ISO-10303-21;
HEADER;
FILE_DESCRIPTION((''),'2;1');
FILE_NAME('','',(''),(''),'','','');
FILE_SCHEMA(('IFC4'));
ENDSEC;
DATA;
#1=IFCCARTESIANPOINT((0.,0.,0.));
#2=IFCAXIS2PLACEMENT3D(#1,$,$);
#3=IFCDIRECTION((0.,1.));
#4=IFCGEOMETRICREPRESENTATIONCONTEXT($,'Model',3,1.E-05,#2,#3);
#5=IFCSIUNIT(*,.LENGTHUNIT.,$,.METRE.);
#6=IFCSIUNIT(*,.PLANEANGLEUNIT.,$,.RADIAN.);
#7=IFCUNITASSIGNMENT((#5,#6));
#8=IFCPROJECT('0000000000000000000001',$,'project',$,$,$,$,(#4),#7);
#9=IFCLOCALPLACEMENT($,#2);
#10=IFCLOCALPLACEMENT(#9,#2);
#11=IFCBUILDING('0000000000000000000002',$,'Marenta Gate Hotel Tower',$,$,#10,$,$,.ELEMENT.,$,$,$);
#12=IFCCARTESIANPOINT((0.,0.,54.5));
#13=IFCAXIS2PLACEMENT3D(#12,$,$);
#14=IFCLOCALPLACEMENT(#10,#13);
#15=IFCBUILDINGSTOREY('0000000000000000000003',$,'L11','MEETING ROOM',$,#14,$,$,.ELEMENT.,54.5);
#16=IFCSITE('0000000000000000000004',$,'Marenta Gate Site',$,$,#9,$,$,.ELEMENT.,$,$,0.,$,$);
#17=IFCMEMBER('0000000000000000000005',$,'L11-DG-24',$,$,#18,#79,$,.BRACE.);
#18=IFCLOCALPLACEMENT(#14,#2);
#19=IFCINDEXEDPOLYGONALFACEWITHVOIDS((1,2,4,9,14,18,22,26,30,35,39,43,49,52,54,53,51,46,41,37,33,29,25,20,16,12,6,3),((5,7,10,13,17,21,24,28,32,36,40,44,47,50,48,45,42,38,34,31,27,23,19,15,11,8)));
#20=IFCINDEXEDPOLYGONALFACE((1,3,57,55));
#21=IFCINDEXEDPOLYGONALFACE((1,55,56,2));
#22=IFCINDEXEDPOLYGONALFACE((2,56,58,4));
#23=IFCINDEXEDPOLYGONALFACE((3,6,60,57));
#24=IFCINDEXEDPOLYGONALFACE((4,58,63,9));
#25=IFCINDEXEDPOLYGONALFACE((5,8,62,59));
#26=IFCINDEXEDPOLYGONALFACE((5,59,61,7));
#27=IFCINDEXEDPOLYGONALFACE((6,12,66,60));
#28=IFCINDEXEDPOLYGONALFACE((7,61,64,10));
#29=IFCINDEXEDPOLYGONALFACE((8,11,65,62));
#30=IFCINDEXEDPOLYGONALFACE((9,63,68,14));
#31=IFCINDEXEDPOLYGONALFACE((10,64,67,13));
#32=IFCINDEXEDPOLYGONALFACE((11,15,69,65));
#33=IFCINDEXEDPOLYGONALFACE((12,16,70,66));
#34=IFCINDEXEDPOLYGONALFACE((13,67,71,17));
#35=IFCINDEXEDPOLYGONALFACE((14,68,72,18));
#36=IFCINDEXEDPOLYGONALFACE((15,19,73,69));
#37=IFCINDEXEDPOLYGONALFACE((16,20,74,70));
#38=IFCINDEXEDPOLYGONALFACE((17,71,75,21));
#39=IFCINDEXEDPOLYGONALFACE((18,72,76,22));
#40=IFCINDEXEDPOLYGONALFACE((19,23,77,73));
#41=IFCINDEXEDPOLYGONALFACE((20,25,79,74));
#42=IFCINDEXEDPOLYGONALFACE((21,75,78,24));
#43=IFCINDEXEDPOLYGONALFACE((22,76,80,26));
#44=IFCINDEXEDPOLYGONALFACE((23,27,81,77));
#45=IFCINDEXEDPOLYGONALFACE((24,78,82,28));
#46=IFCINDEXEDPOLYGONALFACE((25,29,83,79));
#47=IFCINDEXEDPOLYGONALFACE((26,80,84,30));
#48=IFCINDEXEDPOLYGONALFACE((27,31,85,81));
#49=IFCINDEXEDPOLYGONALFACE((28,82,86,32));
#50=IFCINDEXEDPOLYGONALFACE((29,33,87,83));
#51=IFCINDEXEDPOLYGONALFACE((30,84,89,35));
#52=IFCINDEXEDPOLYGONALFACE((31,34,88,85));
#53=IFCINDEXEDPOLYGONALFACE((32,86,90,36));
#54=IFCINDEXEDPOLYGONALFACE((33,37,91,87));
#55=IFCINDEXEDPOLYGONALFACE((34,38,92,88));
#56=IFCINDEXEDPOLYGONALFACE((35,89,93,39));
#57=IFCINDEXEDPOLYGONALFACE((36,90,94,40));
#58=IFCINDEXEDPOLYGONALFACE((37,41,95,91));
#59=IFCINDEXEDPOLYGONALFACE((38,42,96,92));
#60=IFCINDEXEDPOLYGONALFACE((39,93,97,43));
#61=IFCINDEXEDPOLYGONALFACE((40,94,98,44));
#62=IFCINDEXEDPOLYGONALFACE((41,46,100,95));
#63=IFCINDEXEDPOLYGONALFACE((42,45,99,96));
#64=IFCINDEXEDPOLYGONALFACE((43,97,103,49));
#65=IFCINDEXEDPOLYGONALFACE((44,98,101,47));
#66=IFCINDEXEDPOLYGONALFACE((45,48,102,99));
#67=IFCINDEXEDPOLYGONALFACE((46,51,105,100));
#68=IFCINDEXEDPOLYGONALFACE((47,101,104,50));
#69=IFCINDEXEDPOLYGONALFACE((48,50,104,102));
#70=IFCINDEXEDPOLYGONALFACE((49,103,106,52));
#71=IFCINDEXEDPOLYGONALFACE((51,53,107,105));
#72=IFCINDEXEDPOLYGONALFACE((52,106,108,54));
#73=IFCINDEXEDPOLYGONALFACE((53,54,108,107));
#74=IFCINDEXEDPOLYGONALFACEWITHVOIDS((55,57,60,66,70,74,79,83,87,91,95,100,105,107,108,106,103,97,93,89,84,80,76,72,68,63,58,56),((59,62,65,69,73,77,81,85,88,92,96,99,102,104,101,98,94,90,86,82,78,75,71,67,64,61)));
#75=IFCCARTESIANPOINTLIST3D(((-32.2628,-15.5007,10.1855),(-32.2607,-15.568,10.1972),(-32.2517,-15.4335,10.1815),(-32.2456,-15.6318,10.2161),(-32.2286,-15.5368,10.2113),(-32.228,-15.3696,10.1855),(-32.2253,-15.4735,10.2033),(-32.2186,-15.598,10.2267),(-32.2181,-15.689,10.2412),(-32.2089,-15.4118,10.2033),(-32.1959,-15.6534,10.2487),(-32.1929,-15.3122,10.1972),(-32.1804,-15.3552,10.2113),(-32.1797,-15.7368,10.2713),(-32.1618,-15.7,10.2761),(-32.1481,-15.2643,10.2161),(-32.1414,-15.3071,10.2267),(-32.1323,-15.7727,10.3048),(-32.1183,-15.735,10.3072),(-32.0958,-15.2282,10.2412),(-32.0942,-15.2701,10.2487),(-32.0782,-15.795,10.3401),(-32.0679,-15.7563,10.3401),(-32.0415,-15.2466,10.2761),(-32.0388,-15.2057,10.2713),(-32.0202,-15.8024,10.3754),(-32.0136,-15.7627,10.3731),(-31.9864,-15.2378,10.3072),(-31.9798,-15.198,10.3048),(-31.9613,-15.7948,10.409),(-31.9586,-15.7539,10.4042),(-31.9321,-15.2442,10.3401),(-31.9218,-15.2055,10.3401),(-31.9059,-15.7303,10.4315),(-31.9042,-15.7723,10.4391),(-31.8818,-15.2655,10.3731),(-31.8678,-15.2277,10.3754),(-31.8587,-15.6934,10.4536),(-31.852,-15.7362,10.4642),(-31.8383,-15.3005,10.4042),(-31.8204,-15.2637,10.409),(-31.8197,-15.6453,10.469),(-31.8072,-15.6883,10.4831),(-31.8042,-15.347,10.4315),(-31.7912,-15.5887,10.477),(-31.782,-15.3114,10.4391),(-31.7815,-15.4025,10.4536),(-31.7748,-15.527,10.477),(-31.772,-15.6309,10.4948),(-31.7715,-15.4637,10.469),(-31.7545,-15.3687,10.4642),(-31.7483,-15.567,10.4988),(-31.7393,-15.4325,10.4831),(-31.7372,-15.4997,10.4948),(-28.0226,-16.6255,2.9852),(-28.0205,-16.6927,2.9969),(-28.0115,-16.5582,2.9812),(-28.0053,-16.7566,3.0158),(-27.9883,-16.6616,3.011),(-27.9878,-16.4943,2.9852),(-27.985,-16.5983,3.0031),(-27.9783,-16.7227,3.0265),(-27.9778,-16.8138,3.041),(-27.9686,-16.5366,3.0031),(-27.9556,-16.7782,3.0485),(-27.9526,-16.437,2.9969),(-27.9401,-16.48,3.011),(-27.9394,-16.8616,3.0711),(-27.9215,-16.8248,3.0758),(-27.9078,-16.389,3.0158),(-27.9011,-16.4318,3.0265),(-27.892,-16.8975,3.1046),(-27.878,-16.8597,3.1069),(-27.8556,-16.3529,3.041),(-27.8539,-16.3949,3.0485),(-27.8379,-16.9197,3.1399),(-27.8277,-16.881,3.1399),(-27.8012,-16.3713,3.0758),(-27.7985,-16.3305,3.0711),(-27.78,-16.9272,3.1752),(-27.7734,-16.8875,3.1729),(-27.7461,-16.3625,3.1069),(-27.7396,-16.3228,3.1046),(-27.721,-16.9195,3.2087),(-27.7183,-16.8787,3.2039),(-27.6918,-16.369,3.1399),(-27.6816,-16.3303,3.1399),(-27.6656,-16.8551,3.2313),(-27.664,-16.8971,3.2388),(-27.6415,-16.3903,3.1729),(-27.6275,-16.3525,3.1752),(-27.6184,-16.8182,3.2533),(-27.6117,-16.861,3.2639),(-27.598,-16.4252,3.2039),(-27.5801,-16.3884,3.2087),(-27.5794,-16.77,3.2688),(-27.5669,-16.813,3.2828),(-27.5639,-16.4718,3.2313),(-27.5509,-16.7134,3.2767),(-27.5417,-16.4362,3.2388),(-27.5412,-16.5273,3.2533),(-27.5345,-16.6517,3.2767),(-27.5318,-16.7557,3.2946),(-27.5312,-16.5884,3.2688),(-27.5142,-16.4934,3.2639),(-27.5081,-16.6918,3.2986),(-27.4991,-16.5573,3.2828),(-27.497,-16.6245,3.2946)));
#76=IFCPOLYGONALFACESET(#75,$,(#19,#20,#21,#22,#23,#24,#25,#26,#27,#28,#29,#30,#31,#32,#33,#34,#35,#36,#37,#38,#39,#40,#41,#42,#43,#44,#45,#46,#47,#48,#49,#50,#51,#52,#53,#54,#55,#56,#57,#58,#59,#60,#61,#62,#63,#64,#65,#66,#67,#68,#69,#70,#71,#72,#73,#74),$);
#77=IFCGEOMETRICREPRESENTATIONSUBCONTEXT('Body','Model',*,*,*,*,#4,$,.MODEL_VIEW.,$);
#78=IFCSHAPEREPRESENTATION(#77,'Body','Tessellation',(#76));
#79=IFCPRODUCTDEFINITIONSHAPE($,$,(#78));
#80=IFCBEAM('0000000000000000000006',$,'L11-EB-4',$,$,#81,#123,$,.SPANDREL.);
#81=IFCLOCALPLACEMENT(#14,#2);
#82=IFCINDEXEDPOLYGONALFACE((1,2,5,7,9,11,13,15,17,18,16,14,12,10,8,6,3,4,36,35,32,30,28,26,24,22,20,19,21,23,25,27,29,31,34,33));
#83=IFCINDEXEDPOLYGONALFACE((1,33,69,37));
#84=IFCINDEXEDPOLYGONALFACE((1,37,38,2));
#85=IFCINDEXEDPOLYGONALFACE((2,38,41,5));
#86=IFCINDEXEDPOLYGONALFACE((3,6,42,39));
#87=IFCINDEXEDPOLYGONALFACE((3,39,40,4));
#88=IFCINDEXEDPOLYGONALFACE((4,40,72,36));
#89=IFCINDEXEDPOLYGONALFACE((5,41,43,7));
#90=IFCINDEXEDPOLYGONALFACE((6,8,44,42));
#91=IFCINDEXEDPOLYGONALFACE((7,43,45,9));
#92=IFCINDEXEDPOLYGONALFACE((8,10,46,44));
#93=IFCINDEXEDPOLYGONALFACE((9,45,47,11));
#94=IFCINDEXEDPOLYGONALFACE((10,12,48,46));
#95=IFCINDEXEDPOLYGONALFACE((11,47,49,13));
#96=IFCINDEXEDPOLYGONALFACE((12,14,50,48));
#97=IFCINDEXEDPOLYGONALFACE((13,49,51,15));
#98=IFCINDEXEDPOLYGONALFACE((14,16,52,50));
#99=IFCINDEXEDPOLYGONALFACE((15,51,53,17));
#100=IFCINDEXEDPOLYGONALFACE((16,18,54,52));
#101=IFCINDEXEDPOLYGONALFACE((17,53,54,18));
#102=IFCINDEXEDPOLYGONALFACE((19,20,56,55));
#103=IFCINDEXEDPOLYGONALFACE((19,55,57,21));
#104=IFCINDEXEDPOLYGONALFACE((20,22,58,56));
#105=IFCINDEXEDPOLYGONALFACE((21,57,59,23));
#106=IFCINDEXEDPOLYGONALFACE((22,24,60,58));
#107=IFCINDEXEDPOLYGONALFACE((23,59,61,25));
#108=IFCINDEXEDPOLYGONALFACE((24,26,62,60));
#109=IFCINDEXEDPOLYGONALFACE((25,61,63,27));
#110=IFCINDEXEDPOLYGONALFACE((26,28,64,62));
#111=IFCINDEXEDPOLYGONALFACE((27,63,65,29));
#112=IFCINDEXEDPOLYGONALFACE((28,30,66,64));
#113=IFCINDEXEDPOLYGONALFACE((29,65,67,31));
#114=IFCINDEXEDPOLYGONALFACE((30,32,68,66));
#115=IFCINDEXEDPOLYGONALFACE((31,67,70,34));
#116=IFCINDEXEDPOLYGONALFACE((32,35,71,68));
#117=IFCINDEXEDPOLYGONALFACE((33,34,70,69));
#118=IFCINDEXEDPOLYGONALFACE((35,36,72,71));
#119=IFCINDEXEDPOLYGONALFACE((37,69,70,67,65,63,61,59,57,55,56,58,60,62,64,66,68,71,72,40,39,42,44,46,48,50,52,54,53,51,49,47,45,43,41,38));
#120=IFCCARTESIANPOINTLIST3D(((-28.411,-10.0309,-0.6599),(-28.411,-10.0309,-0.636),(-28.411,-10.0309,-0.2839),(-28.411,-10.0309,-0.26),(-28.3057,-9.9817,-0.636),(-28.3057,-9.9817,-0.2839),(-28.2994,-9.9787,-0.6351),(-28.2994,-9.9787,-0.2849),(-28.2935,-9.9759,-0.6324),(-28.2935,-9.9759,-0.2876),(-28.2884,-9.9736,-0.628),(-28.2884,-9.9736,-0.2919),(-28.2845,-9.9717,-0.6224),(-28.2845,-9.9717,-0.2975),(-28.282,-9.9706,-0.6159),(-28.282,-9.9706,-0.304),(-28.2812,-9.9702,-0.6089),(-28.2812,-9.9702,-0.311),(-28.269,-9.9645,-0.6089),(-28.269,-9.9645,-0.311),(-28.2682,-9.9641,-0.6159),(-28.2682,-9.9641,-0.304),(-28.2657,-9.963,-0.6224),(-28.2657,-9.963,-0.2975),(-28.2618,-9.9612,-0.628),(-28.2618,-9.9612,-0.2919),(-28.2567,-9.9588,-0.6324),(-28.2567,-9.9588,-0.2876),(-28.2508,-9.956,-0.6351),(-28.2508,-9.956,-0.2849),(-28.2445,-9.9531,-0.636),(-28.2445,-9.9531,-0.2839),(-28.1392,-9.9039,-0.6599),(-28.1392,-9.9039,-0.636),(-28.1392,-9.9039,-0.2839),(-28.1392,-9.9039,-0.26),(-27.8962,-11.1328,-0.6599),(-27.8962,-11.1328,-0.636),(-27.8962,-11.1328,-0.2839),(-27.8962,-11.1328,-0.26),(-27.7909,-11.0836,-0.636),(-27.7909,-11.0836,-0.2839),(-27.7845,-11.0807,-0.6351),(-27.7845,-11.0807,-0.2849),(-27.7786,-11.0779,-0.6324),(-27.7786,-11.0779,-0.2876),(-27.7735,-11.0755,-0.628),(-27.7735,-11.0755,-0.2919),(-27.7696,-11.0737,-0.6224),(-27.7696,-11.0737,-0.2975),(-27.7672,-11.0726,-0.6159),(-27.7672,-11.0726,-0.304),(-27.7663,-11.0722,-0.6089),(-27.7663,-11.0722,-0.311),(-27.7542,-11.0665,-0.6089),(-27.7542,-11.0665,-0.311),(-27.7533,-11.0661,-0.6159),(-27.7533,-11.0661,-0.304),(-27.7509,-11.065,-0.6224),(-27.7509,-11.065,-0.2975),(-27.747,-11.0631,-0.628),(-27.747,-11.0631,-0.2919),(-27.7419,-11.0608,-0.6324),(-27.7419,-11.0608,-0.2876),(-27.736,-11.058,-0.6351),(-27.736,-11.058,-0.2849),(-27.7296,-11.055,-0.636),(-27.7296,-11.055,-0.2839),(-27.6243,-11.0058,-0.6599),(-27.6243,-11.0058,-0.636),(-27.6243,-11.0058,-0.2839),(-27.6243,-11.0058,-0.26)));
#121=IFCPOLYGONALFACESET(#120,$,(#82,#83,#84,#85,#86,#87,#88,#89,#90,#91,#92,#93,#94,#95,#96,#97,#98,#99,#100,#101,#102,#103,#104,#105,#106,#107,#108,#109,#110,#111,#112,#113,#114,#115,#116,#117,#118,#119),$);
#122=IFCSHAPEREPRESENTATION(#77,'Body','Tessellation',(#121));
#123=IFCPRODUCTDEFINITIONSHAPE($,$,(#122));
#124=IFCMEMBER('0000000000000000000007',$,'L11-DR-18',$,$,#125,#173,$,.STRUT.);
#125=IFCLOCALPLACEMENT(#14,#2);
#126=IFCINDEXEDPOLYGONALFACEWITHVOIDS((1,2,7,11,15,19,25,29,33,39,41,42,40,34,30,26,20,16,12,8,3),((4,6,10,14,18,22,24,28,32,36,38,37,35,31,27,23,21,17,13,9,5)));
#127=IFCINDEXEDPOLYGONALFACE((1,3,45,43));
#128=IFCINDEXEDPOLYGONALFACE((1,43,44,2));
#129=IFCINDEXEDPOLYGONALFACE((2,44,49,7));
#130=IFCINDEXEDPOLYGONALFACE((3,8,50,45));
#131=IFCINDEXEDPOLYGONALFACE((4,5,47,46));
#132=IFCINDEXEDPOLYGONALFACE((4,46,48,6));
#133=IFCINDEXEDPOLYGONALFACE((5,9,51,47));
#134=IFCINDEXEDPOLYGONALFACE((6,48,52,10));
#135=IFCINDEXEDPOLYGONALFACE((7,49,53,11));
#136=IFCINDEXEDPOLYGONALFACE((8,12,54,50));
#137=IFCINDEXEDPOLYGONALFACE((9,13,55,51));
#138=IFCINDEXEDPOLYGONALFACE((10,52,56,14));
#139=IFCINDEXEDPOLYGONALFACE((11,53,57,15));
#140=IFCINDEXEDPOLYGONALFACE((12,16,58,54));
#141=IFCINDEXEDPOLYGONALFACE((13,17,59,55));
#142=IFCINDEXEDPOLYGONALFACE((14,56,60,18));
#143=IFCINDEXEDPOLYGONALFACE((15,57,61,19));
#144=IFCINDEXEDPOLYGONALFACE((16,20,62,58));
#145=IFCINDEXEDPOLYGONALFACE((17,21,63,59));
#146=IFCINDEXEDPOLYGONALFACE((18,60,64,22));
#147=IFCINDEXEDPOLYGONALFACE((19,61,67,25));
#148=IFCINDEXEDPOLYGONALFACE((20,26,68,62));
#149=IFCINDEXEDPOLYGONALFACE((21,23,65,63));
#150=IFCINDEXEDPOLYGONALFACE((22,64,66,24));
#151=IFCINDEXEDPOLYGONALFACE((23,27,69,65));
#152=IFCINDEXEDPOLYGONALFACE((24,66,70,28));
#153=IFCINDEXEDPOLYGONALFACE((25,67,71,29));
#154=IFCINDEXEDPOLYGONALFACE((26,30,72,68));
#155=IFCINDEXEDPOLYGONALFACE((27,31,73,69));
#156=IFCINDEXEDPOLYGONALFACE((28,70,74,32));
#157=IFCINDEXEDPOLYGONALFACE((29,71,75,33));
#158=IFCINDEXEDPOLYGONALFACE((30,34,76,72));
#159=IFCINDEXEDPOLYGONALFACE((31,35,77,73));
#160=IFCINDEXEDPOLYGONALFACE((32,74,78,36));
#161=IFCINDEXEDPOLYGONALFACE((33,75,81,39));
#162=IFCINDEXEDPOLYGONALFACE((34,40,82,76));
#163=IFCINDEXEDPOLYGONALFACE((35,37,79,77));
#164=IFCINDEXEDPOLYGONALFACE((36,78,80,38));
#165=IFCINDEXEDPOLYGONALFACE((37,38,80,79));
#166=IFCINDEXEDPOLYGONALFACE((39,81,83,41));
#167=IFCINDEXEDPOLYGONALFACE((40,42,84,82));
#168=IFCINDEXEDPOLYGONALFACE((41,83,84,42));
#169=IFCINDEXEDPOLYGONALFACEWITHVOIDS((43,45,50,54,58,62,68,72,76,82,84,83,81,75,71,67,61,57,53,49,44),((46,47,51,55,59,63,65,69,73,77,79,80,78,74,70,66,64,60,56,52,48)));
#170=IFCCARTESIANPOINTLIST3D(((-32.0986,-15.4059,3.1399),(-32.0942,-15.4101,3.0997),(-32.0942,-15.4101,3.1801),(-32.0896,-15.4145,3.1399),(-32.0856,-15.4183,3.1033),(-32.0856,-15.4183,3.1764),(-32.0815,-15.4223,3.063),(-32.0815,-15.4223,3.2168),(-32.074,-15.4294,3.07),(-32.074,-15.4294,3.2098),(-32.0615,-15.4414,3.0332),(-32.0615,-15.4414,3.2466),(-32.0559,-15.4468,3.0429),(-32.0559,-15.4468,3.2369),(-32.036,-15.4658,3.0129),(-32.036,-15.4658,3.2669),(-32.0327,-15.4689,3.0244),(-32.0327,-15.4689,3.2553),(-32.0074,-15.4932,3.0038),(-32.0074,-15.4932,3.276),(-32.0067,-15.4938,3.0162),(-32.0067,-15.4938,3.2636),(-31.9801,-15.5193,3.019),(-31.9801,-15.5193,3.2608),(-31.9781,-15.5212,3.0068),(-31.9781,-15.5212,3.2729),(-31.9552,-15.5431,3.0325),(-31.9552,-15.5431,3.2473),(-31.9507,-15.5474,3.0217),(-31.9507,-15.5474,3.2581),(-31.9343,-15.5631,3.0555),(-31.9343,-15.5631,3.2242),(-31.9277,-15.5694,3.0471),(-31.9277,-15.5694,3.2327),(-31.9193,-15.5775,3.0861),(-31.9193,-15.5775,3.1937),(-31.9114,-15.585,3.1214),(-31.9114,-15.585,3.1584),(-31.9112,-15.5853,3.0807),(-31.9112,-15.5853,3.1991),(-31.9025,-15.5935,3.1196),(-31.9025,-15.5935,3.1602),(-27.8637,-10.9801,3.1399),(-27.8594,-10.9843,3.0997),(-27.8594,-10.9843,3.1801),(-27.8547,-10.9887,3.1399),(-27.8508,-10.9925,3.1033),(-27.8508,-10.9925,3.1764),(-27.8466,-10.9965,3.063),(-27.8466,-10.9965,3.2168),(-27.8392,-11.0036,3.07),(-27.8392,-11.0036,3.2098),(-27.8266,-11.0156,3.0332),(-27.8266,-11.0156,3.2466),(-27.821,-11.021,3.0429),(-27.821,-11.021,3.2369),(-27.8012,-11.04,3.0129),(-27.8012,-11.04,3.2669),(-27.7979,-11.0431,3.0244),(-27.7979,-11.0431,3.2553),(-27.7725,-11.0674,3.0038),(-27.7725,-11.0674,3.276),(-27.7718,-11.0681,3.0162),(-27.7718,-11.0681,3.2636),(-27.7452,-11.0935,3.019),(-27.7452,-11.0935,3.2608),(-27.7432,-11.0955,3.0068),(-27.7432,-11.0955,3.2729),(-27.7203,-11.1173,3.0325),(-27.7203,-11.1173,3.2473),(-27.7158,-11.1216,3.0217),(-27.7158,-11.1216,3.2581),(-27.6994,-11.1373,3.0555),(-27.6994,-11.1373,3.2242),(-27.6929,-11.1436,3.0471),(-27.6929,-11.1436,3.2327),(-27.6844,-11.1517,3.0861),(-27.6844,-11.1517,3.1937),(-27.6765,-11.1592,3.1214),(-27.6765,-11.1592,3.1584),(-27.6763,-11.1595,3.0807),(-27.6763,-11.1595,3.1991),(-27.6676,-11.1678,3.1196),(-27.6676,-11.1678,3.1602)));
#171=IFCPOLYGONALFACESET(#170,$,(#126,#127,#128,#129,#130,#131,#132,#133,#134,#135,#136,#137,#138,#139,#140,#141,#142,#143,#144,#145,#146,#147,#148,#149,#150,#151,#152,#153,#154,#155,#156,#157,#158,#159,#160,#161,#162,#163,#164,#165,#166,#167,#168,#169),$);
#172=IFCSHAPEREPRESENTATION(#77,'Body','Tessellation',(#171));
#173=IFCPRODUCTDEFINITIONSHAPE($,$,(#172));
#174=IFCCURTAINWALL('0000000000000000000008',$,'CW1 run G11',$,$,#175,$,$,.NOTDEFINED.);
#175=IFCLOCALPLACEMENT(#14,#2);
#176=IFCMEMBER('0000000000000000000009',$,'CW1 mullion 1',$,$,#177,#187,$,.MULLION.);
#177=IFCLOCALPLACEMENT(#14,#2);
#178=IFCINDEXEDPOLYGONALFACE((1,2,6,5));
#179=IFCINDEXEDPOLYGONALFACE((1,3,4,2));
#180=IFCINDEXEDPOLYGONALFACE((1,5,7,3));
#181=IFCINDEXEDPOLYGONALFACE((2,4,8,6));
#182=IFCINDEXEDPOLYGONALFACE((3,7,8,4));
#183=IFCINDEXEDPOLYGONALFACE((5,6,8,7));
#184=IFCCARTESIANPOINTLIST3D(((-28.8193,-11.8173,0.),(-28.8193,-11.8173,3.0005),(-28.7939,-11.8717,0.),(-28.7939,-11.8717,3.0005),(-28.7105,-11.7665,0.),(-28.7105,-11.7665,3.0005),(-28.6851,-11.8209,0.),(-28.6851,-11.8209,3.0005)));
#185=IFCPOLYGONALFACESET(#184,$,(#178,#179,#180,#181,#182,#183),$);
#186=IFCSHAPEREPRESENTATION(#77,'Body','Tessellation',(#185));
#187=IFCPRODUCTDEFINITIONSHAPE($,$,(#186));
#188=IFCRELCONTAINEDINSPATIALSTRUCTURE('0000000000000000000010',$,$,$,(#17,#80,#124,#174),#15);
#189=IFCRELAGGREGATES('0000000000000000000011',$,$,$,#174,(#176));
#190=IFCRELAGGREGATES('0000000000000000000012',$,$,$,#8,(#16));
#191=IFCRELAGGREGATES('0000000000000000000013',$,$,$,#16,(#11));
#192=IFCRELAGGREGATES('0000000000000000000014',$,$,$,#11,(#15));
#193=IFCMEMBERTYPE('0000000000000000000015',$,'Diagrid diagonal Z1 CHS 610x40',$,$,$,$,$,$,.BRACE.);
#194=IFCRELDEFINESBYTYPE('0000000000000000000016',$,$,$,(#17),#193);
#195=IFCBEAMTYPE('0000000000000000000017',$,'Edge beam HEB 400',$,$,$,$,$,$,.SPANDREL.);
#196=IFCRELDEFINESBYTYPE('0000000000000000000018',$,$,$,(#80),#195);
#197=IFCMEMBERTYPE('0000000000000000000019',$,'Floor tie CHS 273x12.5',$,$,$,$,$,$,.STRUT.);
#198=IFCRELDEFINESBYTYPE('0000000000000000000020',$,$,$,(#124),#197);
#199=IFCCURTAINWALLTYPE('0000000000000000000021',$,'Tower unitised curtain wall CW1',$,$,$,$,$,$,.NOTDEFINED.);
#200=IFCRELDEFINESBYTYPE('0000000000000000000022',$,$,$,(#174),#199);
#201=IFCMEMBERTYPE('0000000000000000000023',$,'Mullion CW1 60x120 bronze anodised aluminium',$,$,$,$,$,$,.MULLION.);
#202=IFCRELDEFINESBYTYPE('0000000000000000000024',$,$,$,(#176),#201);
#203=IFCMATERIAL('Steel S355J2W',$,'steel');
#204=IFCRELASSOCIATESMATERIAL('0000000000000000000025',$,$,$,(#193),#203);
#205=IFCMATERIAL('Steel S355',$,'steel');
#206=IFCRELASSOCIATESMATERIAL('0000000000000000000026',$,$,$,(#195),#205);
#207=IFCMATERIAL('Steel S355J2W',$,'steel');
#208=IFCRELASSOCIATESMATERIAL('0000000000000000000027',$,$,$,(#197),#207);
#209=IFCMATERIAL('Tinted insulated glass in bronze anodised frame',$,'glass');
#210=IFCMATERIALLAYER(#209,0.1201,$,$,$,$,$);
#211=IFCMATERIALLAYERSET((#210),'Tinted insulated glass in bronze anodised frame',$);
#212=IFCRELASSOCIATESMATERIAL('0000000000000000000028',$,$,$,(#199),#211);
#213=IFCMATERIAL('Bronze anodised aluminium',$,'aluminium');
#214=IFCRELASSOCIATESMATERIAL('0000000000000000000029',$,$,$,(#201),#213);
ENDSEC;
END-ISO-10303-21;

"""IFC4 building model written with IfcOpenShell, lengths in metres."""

from ifc_helpers import new_model, si_unit, direction, frame, origin, origin_2d, place, context, subcontext, project, spatial, rectangle, hollow_circle, i_section, extrude, material, layer, layer_set, material_profile, profile_set, type_object, element, aggregate, save


model = new_model("IFC4")

# Units and contexts
model_context = context("Model", 3, precision=1e-05, world=origin(), true_north=direction((0.0, 1.0)))
body_context = subcontext(model_context, "Body", "Model", "MODEL_VIEW")
ifc_project = project(units=[si_unit("LENGTHUNIT", "METRE"), si_unit("PLANEANGLEUNIT", "RADIAN")], contexts=[model_context])

# Site, building, storey
site_placement = place(None, origin())
site = spatial("IfcSite", under=ifc_project, at=site_placement, Name="Marenta Gate Site", CompositionType="ELEMENT", RefElevation=0.0)
building_placement = place(site_placement, origin())
building = spatial("IfcBuilding", under=site, at=building_placement, Name="Marenta Gate Hotel Tower", CompositionType="ELEMENT")
storey_placement = place(building_placement, frame((0.0, 0.0, 54.5)))
storey = spatial("IfcBuildingStorey", under=building, at=storey_placement, Name="L11", Description="MEETING ROOM", CompositionType="ELEMENT", Elevation=54.5)

# Member
ifc_material_1 = material(Name="Steel S355J2W", Category="steel")
ifc_material_profile_1 = material_profile(ifc_material_1, hollow_circle(Radius=0.3049, WallThickness=0.04, at=origin_2d()), Name="CHS 610x40")
ifc_profile_set_1 = profile_set([ifc_material_profile_1], Name="Steel S355J2W")
member_type_1 = type_object("IfcMemberType", Name="Diagrid diagonal Z1 CHS 610x40", PredefinedType="BRACE", material=ifc_profile_set_1)
for number, where, z_axis, x_axis, name in (
    (1, (-27.7598, -16.625, 3.1399), (-0.502914, 0.133402, 0.85398), (-0.256391, -0.966573, 0.0), "L11-DG-24"),
):
    element("IfcMember", number, at=place(storey_placement, frame(where, z_axis=z_axis, x_axis=x_axis)), inside=storey, type_object=member_type_1, Name=name, PredefinedType="BRACE", context=body_context, shape_type="SweptSolid", body=[
        extrude(hollow_circle(Radius=0.3049, WallThickness=0.04, at=origin_2d()), origin(), (0.0, 0.0, 1.0), 8.4314),
    ])

# Beam
ifc_material_2 = material(Name="Steel S355", Category="steel")
ifc_material_profile_2 = material_profile(ifc_material_2, i_section(OverallWidth=0.3, OverallDepth=0.3999, WebThickness=0.0134, FlangeThickness=0.0239, FilletRadius=0.0271, at=origin_2d()), Name="HEB 400")
ifc_profile_set_2 = profile_set([ifc_material_profile_2], Name="Steel S355")
beam_type = type_object("IfcBeamType", Name="Edge beam HEB 400", PredefinedType="SPANDREL", material=ifc_profile_set_2)
beam_placement = place(storey_placement, frame((-27.7603, -11.0693, -0.46), z_axis=(-0.423292, 0.905993, 0.0), x_axis=(-0.905993, -0.423292, 0.0)))
element("IfcBeam", 2, at=beam_placement, inside=storey, type_object=beam_type, Name="L11-EB-4", PredefinedType="SPANDREL", context=body_context, shape_type="SweptSolid", body=[
    extrude(i_section(OverallWidth=0.3, OverallDepth=0.3999, WebThickness=0.0134, FlangeThickness=0.0239, FilletRadius=0.0271, at=origin_2d()), origin(), (0.0, 0.0, 1.0), 1.2163),
])

# Member
ifc_material_3 = material(Name="Steel S355J2W", Category="steel")
ifc_material_profile_3 = material_profile(ifc_material_3, hollow_circle(Radius=0.1365, WallThickness=0.0125, at=origin_2d()), Name="CHS 273x12.5")
ifc_profile_set_3 = profile_set([ifc_material_profile_3], Name="Steel S355J2W")
member_type_2 = type_object("IfcMemberType", Name="Floor tie CHS 273x12.5", PredefinedType="STRUT", material=ifc_profile_set_3)
member_1_placement = place(storey_placement, frame((-32.0, -15.5002, 3.1399), z_axis=(0.691351, 0.722519, 0.0), x_axis=(-0.722519, 0.691351, 0.0)))
element("IfcMember", 3, at=member_1_placement, inside=storey, type_object=member_type_2, Name="L11-DR-18", PredefinedType="STRUT", context=body_context, shape_type="SweptSolid", body=[
    extrude(hollow_circle(Radius=0.1365, WallThickness=0.0125, at=origin_2d()), origin(), (0.0, 0.0, 1.0), 6.1255),
])

# Curtain wall, member
ifc_material_4 = material(Name="Tinted insulated glass in bronze anodised frame", Category="glass")
ifc_layer_1 = layer(ifc_material_4, 0.1201)
ifc_layer_set_1 = layer_set([ifc_layer_1], Name="Tinted insulated glass in bronze anodised frame")
curtain_wall_type = type_object("IfcCurtainWallType", Name="Tower unitised curtain wall CW1", PredefinedType="NOTDEFINED", material=ifc_layer_set_1)
curtain_wall_1_placement = place(storey_placement, origin())
curtain_wall_1 = element("IfcCurtainWall", 4, at=curtain_wall_1_placement, inside=storey, type_object=curtain_wall_type, Name="CW1 run G11", PredefinedType="NOTDEFINED")
ifc_material_5 = material(Name="Bronze anodised aluminium", Category="aluminium")
ifc_material_profile_4 = material_profile(ifc_material_5, rectangle(XDim=0.1201, YDim=0.0601, at=origin_2d()), Name="Mullion CW1 60x120 bronze anodised aluminium")
ifc_profile_set_4 = profile_set([ifc_material_profile_4], Name="Bronze anodised aluminium")
member_type_3 = type_object("IfcMemberType", Name="Mullion CW1 60x120 bronze anodised aluminium", PredefinedType="MULLION", material=ifc_profile_set_4)
member_2_placement = place(storey_placement, frame((-28.7522, -11.8191, 0.0), z_axis=(0.0, 0.0, 1.0), x_axis=(0.906004, 0.423268, 0.0)))
member_2 = element("IfcMember", 5, at=member_2_placement, type_object=member_type_3, Name="CW1 mullion 1", PredefinedType="MULLION", context=body_context, shape_type="SweptSolid", body=[
    extrude(rectangle(XDim=0.1201, YDim=0.0601, at=origin_2d()), origin(), (0.0, 0.0, 1.0), 3.0005),
])

aggregate(curtain_wall_1, [member_2])

save(model, "model.ifc")
